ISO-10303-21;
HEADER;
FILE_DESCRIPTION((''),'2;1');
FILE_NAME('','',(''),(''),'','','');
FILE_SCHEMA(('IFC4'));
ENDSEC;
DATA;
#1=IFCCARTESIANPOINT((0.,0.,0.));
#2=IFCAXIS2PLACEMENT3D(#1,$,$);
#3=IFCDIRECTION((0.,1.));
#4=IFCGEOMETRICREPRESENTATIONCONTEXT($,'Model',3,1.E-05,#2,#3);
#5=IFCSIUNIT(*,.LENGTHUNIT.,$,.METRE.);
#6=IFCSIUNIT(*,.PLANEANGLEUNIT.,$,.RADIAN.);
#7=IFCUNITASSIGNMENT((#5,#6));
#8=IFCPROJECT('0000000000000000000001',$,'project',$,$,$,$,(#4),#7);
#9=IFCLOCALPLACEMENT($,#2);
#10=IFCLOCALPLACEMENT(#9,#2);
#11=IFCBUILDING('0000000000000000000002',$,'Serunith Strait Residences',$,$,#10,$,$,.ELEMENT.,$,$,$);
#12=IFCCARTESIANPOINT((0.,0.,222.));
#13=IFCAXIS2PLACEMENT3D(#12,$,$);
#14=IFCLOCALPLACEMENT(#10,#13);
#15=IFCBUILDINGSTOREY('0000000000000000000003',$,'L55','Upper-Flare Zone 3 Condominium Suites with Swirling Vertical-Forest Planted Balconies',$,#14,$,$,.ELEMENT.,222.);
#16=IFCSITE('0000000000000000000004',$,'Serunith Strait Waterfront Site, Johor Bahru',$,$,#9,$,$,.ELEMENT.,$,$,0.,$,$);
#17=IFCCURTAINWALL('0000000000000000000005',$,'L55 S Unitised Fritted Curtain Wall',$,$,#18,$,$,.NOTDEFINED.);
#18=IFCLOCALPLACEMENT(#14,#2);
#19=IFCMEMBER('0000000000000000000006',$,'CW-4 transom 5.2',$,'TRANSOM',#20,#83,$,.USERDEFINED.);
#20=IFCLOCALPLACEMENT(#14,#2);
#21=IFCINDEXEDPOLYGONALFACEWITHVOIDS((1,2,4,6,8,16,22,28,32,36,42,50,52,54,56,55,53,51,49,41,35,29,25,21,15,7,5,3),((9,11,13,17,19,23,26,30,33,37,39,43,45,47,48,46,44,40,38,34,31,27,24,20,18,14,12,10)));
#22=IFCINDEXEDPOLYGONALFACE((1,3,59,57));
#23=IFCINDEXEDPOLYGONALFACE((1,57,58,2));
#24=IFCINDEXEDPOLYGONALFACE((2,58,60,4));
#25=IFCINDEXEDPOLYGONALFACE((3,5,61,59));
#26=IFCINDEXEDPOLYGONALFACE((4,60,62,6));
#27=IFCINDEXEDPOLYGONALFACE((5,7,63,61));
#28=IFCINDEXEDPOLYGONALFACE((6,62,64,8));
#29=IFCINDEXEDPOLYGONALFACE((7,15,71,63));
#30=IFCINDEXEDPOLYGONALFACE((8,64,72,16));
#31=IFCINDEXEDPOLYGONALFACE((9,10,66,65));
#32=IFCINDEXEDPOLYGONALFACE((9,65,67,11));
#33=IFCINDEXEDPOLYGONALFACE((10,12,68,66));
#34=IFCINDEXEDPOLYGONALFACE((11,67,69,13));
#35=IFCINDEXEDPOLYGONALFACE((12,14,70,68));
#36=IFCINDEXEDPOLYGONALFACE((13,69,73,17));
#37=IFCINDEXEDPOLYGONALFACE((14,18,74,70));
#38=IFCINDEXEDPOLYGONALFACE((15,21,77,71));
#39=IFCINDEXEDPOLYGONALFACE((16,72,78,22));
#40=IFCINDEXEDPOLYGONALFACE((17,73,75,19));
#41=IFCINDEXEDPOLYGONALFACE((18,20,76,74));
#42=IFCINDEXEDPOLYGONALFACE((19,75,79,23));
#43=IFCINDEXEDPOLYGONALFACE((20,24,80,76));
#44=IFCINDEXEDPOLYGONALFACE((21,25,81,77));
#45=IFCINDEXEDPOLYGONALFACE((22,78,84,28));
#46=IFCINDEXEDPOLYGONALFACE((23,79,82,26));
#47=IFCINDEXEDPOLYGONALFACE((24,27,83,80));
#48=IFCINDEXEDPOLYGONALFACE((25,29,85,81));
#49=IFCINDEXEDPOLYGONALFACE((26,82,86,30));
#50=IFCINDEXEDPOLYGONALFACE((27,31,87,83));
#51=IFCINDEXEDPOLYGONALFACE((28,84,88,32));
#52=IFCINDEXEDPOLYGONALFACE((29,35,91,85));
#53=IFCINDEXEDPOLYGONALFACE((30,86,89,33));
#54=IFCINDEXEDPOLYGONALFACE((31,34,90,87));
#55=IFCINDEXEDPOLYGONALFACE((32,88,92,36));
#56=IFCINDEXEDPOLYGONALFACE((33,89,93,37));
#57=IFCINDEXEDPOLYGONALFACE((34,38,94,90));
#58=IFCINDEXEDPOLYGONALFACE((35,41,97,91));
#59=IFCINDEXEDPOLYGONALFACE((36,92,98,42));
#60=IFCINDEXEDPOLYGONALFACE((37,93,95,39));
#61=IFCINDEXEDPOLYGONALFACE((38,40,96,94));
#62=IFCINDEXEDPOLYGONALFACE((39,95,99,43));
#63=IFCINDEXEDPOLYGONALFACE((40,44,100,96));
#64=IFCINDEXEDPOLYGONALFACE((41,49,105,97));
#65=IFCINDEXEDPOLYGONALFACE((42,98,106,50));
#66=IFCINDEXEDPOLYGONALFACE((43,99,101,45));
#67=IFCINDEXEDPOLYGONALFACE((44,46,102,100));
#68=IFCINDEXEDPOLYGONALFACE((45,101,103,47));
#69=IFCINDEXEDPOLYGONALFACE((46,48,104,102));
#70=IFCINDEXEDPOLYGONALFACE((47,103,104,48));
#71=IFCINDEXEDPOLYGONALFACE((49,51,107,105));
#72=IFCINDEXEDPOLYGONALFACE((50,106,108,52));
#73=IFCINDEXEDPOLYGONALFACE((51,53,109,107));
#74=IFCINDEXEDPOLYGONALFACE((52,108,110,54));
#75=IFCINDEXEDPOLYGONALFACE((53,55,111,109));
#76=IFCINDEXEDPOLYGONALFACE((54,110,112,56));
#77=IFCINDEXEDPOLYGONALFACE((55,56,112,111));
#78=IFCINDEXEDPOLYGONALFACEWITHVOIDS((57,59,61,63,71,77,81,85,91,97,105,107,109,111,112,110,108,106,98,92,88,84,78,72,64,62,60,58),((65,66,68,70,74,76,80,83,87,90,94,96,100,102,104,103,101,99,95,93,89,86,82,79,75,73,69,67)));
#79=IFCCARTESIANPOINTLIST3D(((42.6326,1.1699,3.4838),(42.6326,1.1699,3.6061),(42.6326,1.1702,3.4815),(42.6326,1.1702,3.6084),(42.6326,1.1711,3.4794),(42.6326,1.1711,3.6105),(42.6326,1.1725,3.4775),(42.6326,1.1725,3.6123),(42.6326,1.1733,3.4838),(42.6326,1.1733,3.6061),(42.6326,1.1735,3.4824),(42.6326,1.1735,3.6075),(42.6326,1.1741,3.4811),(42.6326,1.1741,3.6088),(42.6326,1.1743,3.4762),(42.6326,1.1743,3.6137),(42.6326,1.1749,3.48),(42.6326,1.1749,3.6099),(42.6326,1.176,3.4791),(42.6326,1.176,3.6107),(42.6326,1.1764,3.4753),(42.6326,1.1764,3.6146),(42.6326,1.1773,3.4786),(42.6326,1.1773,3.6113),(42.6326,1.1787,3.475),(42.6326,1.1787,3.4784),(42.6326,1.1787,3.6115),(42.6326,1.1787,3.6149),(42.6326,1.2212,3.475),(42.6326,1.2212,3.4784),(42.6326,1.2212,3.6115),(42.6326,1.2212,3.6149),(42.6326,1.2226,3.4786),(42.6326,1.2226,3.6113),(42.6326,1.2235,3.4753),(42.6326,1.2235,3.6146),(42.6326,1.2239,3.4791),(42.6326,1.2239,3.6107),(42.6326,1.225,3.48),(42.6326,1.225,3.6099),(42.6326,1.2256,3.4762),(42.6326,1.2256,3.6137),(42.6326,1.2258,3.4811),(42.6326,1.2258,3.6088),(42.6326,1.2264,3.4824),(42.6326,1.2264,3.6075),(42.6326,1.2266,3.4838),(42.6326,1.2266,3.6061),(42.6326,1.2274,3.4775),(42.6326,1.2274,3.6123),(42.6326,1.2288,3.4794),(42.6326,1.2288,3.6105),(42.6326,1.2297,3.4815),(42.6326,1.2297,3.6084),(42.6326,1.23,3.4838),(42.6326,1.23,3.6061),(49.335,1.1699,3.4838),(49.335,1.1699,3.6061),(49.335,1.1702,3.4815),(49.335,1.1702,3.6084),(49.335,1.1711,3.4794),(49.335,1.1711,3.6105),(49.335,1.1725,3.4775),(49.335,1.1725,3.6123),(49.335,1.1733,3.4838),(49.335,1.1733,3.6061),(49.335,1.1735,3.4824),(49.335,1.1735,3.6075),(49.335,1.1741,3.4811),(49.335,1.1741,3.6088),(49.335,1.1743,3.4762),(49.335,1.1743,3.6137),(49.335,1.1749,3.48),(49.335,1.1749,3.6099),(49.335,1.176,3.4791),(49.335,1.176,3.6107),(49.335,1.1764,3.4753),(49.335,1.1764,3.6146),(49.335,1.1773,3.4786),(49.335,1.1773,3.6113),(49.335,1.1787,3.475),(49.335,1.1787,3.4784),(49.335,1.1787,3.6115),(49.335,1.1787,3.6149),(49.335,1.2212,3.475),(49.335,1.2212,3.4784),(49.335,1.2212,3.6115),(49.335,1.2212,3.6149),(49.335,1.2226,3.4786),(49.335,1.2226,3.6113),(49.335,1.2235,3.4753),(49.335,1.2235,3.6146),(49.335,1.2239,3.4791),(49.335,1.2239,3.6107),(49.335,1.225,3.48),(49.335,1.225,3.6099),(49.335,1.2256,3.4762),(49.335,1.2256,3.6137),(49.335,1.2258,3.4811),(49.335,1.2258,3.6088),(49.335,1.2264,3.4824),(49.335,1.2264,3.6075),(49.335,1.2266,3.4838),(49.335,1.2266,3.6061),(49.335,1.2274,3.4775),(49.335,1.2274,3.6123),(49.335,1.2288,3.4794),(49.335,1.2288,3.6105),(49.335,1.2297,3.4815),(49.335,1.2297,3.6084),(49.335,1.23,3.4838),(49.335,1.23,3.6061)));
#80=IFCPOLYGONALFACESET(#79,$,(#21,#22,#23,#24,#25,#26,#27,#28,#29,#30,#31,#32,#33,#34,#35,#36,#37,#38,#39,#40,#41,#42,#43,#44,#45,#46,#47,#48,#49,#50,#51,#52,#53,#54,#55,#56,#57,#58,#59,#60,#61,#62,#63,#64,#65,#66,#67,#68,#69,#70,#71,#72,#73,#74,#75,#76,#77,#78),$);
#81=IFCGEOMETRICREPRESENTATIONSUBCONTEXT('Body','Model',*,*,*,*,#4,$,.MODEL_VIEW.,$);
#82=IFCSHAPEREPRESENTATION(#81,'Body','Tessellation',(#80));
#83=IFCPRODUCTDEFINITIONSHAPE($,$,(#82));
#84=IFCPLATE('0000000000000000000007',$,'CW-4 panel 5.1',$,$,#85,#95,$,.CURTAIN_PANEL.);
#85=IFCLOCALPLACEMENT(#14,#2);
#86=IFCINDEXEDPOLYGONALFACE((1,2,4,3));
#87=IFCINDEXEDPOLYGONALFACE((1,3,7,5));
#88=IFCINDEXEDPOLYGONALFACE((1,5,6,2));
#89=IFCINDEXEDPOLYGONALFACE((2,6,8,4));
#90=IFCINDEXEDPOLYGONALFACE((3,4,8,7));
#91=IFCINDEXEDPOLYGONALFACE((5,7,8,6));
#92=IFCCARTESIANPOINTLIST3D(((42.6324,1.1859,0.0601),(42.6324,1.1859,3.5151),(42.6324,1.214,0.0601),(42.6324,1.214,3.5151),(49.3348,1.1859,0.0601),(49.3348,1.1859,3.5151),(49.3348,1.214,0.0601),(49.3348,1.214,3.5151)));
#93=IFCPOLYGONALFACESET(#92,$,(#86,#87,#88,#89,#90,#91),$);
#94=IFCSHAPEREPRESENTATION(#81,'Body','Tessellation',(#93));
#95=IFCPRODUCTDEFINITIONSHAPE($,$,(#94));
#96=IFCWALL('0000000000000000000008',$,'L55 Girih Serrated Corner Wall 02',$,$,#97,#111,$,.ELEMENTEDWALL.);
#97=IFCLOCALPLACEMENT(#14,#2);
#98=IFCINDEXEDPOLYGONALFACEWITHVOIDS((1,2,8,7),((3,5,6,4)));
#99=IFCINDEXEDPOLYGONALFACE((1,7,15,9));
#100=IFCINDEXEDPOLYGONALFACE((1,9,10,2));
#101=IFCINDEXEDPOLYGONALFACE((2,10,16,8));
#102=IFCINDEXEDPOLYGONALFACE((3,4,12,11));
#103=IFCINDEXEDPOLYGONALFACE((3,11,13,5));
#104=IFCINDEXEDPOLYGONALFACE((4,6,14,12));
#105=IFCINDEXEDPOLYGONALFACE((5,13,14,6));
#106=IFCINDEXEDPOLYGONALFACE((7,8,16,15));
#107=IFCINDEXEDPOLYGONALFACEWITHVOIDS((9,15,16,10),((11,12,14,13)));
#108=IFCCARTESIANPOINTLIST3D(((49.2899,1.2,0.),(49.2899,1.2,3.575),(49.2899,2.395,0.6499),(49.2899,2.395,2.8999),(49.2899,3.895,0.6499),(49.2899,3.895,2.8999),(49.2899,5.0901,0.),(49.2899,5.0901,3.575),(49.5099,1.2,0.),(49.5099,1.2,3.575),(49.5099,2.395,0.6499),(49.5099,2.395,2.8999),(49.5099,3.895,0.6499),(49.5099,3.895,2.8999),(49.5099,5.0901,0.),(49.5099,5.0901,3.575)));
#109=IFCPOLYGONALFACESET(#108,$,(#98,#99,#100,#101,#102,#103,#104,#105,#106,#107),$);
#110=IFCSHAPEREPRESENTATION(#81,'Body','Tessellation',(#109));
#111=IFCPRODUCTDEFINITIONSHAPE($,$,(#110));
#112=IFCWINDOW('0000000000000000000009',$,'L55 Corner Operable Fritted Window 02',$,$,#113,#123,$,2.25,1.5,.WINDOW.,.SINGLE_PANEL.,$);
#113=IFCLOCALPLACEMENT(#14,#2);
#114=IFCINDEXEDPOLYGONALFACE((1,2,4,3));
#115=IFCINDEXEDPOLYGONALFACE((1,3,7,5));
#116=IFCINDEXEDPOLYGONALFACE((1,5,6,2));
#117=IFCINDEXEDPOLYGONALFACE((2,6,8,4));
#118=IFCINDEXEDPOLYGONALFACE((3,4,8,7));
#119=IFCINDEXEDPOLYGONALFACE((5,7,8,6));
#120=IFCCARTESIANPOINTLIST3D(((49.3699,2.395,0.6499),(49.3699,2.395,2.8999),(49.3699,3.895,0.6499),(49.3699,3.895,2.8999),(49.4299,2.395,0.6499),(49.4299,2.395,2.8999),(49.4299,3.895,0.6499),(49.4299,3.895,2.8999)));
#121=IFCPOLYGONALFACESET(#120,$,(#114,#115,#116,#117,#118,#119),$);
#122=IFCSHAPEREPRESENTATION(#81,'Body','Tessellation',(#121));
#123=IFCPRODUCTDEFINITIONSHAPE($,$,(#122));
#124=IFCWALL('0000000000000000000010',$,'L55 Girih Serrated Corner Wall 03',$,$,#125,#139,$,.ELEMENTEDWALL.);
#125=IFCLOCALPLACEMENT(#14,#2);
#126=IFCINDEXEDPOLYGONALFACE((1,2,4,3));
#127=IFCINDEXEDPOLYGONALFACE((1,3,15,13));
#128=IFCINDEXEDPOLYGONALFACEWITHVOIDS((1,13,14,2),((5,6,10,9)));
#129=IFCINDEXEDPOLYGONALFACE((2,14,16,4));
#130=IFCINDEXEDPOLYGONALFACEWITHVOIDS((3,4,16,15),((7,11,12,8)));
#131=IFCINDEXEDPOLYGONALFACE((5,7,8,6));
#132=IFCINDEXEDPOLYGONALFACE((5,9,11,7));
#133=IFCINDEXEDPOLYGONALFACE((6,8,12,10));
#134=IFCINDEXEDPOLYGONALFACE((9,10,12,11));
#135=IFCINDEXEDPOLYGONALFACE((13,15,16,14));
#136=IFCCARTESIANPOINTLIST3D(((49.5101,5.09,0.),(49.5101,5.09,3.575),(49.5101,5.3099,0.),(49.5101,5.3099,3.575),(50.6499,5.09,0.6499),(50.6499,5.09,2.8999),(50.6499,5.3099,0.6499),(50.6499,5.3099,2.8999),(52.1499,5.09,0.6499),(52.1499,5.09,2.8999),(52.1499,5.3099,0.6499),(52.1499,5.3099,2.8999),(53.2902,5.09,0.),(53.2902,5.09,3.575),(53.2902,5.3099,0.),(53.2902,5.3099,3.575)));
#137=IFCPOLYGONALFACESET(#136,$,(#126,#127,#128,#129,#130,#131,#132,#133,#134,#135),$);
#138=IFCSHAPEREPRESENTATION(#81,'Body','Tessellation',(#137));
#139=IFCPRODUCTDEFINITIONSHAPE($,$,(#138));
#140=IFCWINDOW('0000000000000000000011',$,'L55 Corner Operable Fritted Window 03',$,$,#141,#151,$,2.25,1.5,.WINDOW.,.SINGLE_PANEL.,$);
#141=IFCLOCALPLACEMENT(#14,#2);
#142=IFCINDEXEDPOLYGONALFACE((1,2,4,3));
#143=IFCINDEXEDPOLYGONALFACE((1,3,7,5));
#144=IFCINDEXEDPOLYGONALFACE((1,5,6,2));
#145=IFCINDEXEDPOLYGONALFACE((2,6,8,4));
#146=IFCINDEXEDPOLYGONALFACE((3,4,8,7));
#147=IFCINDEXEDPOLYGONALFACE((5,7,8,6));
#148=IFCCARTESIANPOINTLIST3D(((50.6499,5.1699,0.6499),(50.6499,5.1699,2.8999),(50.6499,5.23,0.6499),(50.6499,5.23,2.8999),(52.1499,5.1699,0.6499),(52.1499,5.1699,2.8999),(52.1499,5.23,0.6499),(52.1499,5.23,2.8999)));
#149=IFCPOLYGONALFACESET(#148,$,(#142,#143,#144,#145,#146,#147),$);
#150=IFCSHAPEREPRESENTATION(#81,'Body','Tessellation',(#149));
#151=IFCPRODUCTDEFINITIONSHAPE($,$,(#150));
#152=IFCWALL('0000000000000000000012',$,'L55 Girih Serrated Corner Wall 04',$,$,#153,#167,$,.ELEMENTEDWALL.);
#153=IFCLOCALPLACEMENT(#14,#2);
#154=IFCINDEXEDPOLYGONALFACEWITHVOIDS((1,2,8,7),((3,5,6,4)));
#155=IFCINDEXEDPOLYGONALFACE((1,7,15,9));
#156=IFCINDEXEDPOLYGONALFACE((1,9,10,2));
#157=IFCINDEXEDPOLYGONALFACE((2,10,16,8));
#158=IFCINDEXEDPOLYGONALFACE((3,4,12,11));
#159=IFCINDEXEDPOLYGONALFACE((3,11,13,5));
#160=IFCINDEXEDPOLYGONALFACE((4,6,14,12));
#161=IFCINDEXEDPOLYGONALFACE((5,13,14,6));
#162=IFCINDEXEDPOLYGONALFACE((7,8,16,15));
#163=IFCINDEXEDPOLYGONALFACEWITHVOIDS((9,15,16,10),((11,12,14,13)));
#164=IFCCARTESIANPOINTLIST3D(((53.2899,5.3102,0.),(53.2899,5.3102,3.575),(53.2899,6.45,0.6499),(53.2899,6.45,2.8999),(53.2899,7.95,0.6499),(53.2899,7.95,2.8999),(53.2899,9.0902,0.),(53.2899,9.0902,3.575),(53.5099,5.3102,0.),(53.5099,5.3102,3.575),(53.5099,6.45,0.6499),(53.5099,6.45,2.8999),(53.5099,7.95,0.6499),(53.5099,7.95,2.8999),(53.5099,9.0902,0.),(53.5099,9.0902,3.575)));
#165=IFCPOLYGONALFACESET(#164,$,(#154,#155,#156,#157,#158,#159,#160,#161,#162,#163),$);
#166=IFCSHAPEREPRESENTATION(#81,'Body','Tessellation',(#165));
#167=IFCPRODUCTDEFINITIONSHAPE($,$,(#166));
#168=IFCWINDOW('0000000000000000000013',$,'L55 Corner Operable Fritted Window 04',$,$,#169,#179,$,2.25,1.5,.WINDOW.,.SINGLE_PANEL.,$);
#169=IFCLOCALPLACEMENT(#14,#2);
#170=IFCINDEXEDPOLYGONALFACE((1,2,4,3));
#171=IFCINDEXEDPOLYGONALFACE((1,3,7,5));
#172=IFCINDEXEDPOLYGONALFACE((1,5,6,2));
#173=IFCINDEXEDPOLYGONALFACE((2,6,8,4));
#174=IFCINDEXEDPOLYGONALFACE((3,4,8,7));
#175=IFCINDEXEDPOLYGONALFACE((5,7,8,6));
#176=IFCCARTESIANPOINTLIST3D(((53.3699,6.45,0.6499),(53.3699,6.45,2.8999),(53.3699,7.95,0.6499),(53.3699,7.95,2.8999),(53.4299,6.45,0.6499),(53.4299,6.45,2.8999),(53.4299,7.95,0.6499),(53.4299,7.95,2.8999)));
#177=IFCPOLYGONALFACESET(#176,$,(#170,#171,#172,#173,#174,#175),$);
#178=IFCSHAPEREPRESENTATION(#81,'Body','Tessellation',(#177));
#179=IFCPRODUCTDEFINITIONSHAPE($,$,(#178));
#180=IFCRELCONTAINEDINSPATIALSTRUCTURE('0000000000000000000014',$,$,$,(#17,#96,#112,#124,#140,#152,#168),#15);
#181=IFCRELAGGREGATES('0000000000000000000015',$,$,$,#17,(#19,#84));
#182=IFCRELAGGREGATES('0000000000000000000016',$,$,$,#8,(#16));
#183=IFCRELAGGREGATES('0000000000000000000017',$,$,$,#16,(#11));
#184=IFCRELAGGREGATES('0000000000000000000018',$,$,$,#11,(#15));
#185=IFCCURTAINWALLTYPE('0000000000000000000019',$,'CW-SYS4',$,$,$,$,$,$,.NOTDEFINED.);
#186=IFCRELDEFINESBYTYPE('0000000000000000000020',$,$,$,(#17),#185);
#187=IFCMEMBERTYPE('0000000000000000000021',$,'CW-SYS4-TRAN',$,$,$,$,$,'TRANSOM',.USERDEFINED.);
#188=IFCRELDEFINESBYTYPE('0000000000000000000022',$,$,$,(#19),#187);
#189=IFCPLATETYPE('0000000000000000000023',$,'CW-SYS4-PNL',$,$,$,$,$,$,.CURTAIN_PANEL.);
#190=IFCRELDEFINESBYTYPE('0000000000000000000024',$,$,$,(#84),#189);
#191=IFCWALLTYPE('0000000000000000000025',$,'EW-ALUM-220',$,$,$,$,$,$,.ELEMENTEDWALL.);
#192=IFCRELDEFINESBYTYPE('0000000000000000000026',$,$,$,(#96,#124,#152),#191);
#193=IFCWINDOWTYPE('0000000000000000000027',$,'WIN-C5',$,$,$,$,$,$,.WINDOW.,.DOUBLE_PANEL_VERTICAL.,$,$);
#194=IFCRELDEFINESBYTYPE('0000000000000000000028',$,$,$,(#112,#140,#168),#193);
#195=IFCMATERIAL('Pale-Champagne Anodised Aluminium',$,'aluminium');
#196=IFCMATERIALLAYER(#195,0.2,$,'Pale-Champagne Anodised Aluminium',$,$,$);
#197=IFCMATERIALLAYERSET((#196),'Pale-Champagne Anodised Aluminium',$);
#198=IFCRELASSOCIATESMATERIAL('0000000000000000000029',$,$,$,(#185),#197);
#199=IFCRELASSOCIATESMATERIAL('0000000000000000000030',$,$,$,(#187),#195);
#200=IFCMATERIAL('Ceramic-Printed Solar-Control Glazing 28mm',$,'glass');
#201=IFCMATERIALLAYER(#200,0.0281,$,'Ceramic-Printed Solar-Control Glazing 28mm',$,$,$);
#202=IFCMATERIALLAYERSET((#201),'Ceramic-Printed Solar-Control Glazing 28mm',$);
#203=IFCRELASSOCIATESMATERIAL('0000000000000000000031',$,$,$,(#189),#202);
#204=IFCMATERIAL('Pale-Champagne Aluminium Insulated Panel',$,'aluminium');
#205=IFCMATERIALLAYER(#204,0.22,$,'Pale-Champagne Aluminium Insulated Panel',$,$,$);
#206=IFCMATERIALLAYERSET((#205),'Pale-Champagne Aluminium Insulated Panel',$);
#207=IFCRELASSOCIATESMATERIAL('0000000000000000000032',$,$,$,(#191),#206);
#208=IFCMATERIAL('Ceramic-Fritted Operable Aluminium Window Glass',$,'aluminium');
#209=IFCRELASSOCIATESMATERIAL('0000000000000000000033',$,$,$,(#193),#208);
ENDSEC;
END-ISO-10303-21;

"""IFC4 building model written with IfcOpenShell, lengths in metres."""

from ifc_helpers import new_model, si_unit, direction, frame, frame_2d, origin, origin_2d, place, context, subcontext, project, spatial, rectangle, hollow_rectangle, extrude, source, transform, mapped, material, layer, layer_set, material_profile, profile_set, type_object, element, fill, aggregate, save


model = new_model("IFC4")

# Units and contexts
model_context = context("Model", 3, precision=1e-05, world=origin(), true_north=direction((0.0, 1.0)))
body_context = subcontext(model_context, "Body", "Model", "MODEL_VIEW")
ifc_project = project(units=[si_unit("LENGTHUNIT", "METRE"), si_unit("PLANEANGLEUNIT", "RADIAN")], contexts=[model_context])

# Site, building, storey
site_placement = place(None, origin())
site = spatial("IfcSite", under=ifc_project, at=site_placement, Name="Serunith Strait Waterfront Site, Johor Bahru", CompositionType="ELEMENT", RefElevation=0.0)
building_placement = place(site_placement, origin())
building = spatial("IfcBuilding", under=site, at=building_placement, Name="Serunith Strait Residences", CompositionType="ELEMENT")
storey_placement = place(building_placement, frame((0.0, 0.0, 222.0)))
storey = spatial("IfcBuildingStorey", under=building, at=storey_placement, Name="L55", Description="Upper-Flare Zone 3 Condominium Suites with Swirling Vertical-Forest Planted Balconies", CompositionType="ELEMENT", Elevation=222.0)

# Curtain wall
ifc_material_1 = material(Name="Pale-Champagne Anodised Aluminium", Category="aluminium")
ifc_layer_1 = layer(ifc_material_1, 0.2, Name="Pale-Champagne Anodised Aluminium")
ifc_layer_set_1 = layer_set([ifc_layer_1], Name="Pale-Champagne Anodised Aluminium")
curtain_wall_type = type_object("IfcCurtainWallType", Name="CW-SYS4", PredefinedType="NOTDEFINED", material=ifc_layer_set_1)
curtain_wall_1_placement = place(storey_placement, origin())
curtain_wall_1 = element("IfcCurtainWall", 1, at=curtain_wall_1_placement, inside=storey, type_object=curtain_wall_type, Name="L55 S Unitised Fritted Curtain Wall", PredefinedType="NOTDEFINED")
ifc_material_profile_1 = material_profile(ifc_material_1, hollow_rectangle(XDim=0.0601, YDim=0.1399, WallThickness=0.0034, InnerFilletRadius=0.0054, OuterFilletRadius=0.0088, at=origin_2d()), Name="ALU 140x60x3.5")
ifc_profile_set_1 = profile_set([ifc_material_profile_1], Name="Pale-Champagne Anodised Aluminium")
member_type_1 = type_object("IfcMemberType", Name="CW-SYS4-TRAN", ElementType="TRANSOM", PredefinedType="USERDEFINED", material=ifc_profile_set_1)

# Member
shared_shape_1 = source(origin(), body_context, "Body", "SweptSolid", [
    extrude(hollow_rectangle(XDim=0.0601, YDim=0.1399, WallThickness=0.0034, InnerFilletRadius=0.0054, OuterFilletRadius=0.0088, at=origin_2d()), origin(), (0.0, 0.0, 1.0), 6.7024),
])
member_1_placement = place(storey_placement, frame((42.6326, 1.2, 3.5449), z_axis=(1.0, 0.0, 0.0), x_axis=(0.0, 1.0, 0.0)))
member_1 = element("IfcMember", 2, at=member_1_placement, type_object=member_type_1, Name="CW-4 transom 5.2", ObjectType="TRANSOM", PredefinedType="USERDEFINED", context=body_context, shape_type="MappedRepresentation", body=[
    mapped(shared_shape_1, transform((0.0, 0.0, 0.0), scale=1.0)),
])

# Plate
ifc_material_2 = material(Name="Ceramic-Printed Solar-Control Glazing 28mm", Category="glass")
ifc_layer_2 = layer(ifc_material_2, 0.0281, Name="Ceramic-Printed Solar-Control Glazing 28mm")
ifc_layer_set_2 = layer_set([ifc_layer_2], Name="Ceramic-Printed Solar-Control Glazing 28mm")
plate_type = type_object("IfcPlateType", Name="CW-SYS4-PNL", PredefinedType="CURTAIN_PANEL", material=ifc_layer_set_2)
shared_shape_2 = source(origin(), body_context, "Body", "SweptSolid", [
    extrude(rectangle(XDim=6.7024, YDim=0.0281, at=origin_2d()), origin(), (0.0, 0.0, 1.0), 3.4551),
])
plate_placement = place(storey_placement, frame((45.9836, 1.2, 0.0601), z_axis=(0.0, 0.0, 1.0), x_axis=(1.0, 0.0, 0.0)))
plate = element("IfcPlate", 3, at=plate_placement, type_object=plate_type, Name="CW-4 panel 5.1", PredefinedType="CURTAIN_PANEL", context=body_context, shape_type="MappedRepresentation", body=[
    mapped(shared_shape_2, transform((0.0, 0.0, 0.0), scale=1.0)),
])
aggregate(curtain_wall_1, [member_1, plate])

# Walls, openings, windows
ifc_material_3 = material(Name="Pale-Champagne Aluminium Insulated Panel", Category="aluminium")
ifc_layer_3 = layer(ifc_material_3, 0.22, Name="Pale-Champagne Aluminium Insulated Panel")
ifc_layer_set_3 = layer_set([ifc_layer_3], Name="Pale-Champagne Aluminium Insulated Panel")
wall_type_1 = type_object("IfcWallType", Name="EW-ALUM-220", PredefinedType="ELEMENTEDWALL", material=ifc_layer_set_3)
wall_1_placement = place(storey_placement, frame((49.3999, 1.2, 0.0), z_axis=(0.0, 0.0, 1.0), x_axis=(0.0, 1.0, 0.0)))
wall_1 = element("IfcWall", 4, at=wall_1_placement, inside=storey, type_object=wall_type_1, Name="L55 Girih Serrated Corner Wall 02", PredefinedType="ELEMENTEDWALL", context=body_context, shape_type="SweptSolid", body=[
    extrude(rectangle(XDim=3.8901, YDim=0.22, at=frame_2d((1.9451, 0.0))), origin(), (0.0, 0.0, 1.0), 3.575),
])
opening_1_placement = place(wall_1_placement, frame((1.1951, 0.0, 0.6499)))
opening_1 = element("IfcOpeningElement", 5, at=opening_1_placement, cuts=wall_1, PredefinedType="OPENING", context=body_context, shape_type="SweptSolid", body=[
    extrude(rectangle(XDim=1.5, YDim=2.25, at=frame_2d((0.75, 1.125))), frame((0.0, 0.1201, 0.0), z_axis=(0.0, -1.0, 0.0), x_axis=(1.0, 0.0, 0.0)), (0.0, 0.0, 1.0), 0.24),
])
ifc_material_4 = material(Name="Ceramic-Fritted Operable Aluminium Window Glass", Category="aluminium")
window_type = type_object("IfcWindowType", Name="WIN-C5", PartitioningType="DOUBLE_PANEL_VERTICAL", PredefinedType="WINDOW", material=ifc_material_4)
shared_shape_3 = source(origin(), body_context, "Body", "SweptSolid", [
    extrude(rectangle(XDim=1.5, YDim=2.25, at=frame_2d((0.75, 1.125))), frame((0.0, 0.03, 0.0), z_axis=(0.0, -1.0, 0.0), x_axis=(1.0, 0.0, 0.0)), (0.0, 0.0, 1.0), 0.0601),
])
window_1_placement = place(opening_1_placement, origin())
window_1 = element("IfcWindow", 6, at=window_1_placement, inside=storey, type_object=window_type, Name="L55 Corner Operable Fritted Window 02", OverallHeight=2.25, OverallWidth=1.5, PartitioningType="SINGLE_PANEL", PredefinedType="WINDOW", context=body_context, shape_type="MappedRepresentation", body=[
    mapped(shared_shape_3, transform((0.0, 0.0, 0.0), scale=1.0)),
])
fill(opening_1, window_1)
wall_2_placement = place(storey_placement, frame((49.51, 5.2, 0.0), z_axis=(0.0, 0.0, 1.0), x_axis=(1.0, 0.0, 0.0)))
wall_2 = element("IfcWall", 7, at=wall_2_placement, inside=storey, type_object=wall_type_1, Name="L55 Girih Serrated Corner Wall 03", PredefinedType="ELEMENTEDWALL", context=body_context, shape_type="SweptSolid", body=[
    extrude(rectangle(XDim=3.78, YDim=0.22, at=frame_2d((1.8901, 0.0))), origin(), (0.0, 0.0, 1.0), 3.575),
])
opening_2_placement = place(wall_2_placement, frame((1.1399, 0.0, 0.6499)))
opening_2 = element("IfcOpeningElement", 8, at=opening_2_placement, cuts=wall_2, PredefinedType="OPENING", context=body_context, shape_type="SweptSolid", body=[
    extrude(rectangle(XDim=1.5, YDim=2.25, at=frame_2d((0.75, 1.125))), frame((0.0, 0.1201, 0.0), z_axis=(0.0, -1.0, 0.0), x_axis=(1.0, 0.0, 0.0)), (0.0, 0.0, 1.0), 0.24),
])
window_2_placement = place(opening_2_placement, origin())
window_2 = element("IfcWindow", 9, at=window_2_placement, inside=storey, type_object=window_type, Name="L55 Corner Operable Fritted Window 03", OverallHeight=2.25, OverallWidth=1.5, PartitioningType="SINGLE_PANEL", PredefinedType="WINDOW", context=body_context, shape_type="MappedRepresentation", body=[
    mapped(shared_shape_3, transform((0.0, 0.0, 0.0), scale=1.0)),
])
fill(opening_2, window_2)
wall_3_placement = place(storey_placement, frame((53.3999, 5.3101, 0.0), z_axis=(0.0, 0.0, 1.0), x_axis=(0.0, 1.0, 0.0)))
wall_3 = element("IfcWall", 10, at=wall_3_placement, inside=storey, type_object=wall_type_1, Name="L55 Girih Serrated Corner Wall 04", PredefinedType="ELEMENTEDWALL", context=body_context, shape_type="SweptSolid", body=[
    extrude(rectangle(XDim=3.78, YDim=0.22, at=frame_2d((1.8901, 0.0))), origin(), (0.0, 0.0, 1.0), 3.575),
])
opening_3_placement = place(wall_3_placement, frame((1.1399, 0.0, 0.6499)))
opening_3 = element("IfcOpeningElement", 11, at=opening_3_placement, cuts=wall_3, PredefinedType="OPENING", context=body_context, shape_type="SweptSolid", body=[
    extrude(rectangle(XDim=1.5, YDim=2.25, at=frame_2d((0.75, 1.125))), frame((0.0, 0.1201, 0.0), z_axis=(0.0, -1.0, 0.0), x_axis=(1.0, 0.0, 0.0)), (0.0, 0.0, 1.0), 0.24),
])
window_3_placement = place(opening_3_placement, origin())
window_3 = element("IfcWindow", 12, at=window_3_placement, inside=storey, type_object=window_type, Name="L55 Corner Operable Fritted Window 04", OverallHeight=2.25, OverallWidth=1.5, PartitioningType="SINGLE_PANEL", PredefinedType="WINDOW", context=body_context, shape_type="MappedRepresentation", body=[
    mapped(shared_shape_3, transform((0.0, 0.0, 0.0), scale=1.0)),
])
fill(opening_3, window_3)

save(model, "model.ifc")
